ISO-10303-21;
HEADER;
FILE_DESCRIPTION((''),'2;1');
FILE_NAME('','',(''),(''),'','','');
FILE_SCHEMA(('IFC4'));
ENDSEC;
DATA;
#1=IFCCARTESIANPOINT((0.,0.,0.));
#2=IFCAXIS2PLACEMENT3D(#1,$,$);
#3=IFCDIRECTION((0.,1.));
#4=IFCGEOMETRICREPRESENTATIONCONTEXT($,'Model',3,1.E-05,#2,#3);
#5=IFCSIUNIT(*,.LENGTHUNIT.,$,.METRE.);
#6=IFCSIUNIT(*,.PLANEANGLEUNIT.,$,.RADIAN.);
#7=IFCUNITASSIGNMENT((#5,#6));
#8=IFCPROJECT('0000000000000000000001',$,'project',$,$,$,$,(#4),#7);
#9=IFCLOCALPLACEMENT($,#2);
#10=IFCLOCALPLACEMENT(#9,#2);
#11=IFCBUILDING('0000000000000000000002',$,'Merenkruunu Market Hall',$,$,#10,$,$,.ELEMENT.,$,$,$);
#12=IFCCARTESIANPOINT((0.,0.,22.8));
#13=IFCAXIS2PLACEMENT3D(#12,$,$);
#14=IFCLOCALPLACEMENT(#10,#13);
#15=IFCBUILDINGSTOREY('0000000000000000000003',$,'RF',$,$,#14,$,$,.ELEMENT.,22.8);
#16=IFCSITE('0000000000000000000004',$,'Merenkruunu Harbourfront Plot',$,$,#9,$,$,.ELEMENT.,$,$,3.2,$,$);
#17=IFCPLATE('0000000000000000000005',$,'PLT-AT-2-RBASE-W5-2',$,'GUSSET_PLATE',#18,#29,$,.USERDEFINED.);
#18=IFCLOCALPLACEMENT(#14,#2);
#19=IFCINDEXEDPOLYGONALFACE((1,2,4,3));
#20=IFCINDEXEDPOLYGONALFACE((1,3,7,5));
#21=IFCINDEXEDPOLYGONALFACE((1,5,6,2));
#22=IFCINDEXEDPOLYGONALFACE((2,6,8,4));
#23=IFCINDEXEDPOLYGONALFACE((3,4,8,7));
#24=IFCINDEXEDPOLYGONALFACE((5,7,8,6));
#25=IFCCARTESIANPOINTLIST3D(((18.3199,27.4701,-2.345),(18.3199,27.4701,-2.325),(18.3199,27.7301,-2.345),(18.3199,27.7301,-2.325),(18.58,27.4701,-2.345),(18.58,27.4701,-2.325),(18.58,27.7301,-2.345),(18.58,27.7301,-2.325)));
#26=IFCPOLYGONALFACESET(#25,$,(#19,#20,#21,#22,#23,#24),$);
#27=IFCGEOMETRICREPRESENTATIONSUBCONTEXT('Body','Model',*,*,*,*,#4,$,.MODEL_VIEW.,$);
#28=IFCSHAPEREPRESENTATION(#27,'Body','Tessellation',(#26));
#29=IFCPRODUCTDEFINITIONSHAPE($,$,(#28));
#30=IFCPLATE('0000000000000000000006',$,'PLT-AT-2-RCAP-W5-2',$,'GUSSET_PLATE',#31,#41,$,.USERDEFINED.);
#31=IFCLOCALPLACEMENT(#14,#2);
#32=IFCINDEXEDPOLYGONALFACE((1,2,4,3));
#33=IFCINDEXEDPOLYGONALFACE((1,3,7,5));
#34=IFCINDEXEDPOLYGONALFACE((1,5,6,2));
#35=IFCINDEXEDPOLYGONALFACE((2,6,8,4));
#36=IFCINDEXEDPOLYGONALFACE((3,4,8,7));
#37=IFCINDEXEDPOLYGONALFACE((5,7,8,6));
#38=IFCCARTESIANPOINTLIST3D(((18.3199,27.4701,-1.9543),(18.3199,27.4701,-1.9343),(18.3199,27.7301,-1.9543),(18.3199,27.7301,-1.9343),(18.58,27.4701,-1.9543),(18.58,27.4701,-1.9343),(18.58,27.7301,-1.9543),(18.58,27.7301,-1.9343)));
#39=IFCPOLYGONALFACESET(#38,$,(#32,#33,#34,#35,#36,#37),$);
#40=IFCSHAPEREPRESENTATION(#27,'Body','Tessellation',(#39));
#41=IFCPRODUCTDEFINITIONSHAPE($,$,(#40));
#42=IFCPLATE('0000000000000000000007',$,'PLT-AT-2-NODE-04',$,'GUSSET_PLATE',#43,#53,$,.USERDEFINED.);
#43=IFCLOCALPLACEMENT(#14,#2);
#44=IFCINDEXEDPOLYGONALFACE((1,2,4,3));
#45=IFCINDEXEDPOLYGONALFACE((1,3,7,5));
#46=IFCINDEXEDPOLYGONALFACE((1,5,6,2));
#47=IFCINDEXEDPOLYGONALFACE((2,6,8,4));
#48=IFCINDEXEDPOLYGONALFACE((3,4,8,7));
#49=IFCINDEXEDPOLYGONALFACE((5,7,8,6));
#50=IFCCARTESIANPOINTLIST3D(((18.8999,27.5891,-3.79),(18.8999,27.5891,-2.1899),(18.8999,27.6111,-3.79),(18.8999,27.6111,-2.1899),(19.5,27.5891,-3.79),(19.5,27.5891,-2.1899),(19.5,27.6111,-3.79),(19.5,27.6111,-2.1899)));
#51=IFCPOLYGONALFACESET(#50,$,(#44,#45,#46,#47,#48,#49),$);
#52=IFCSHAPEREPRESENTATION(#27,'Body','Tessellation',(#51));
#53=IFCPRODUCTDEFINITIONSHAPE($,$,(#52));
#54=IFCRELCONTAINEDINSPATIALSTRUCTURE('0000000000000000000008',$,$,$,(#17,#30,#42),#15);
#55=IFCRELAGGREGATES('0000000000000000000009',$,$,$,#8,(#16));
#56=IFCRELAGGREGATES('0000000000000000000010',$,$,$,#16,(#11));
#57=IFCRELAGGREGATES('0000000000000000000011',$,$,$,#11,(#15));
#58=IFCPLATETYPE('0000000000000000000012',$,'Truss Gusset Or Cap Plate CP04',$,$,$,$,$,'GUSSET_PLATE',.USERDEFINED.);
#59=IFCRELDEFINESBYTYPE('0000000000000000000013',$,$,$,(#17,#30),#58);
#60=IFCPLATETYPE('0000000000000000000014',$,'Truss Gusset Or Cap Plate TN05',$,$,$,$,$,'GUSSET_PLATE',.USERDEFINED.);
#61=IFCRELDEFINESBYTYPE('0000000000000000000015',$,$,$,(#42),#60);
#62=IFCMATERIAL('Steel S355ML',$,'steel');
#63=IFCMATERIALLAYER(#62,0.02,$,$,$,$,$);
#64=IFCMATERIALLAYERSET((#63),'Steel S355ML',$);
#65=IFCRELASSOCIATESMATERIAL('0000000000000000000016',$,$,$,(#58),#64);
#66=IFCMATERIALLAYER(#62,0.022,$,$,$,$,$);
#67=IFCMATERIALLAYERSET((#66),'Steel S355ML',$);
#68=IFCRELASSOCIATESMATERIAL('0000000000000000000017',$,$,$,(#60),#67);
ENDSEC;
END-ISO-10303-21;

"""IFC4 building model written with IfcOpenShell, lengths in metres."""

from ifc_helpers import new_model, si_unit, direction, frame, origin, origin_2d, place, context, subcontext, project, spatial, rectangle, extrude, material, layer, layer_set, type_object, element, save


model = new_model("IFC4")

# Units and contexts
model_context = context("Model", 3, precision=1e-05, world=origin(), true_north=direction((0.0, 1.0)))
body_context = subcontext(model_context, "Body", "Model", "MODEL_VIEW")
ifc_project = project(units=[si_unit("LENGTHUNIT", "METRE"), si_unit("PLANEANGLEUNIT", "RADIAN")], contexts=[model_context])

# Site, building, storey
site_placement = place(None, origin())
site = spatial("IfcSite", under=ifc_project, at=site_placement, Name="Merenkruunu Harbourfront Plot", CompositionType="ELEMENT", RefElevation=3.2)
building_placement = place(site_placement, origin())
building = spatial("IfcBuilding", under=site, at=building_placement, Name="Merenkruunu Market Hall", CompositionType="ELEMENT")
storey_placement = place(building_placement, frame((0.0, 0.0, 22.8)))
storey = spatial("IfcBuildingStorey", under=building, at=storey_placement, Name="RF", CompositionType="ELEMENT", Elevation=22.8)

# Shared definitions
ifc_material_1 = material(Name="Steel S355ML", Category="steel")

# Plates
ifc_layer_1 = layer(ifc_material_1, 0.02)
ifc_layer_set_1 = layer_set([ifc_layer_1], Name="Steel S355ML")
plate_type_1 = type_object("IfcPlateType", Name="Truss Gusset Or Cap Plate CP04", ElementType="GUSSET_PLATE", PredefinedType="USERDEFINED", material=ifc_layer_set_1)
for number, where, z_axis, x_axis, name in (
    (1, (18.45, 27.6001, -2.345), (0.0, 0.0, 1.0), (1.0, 0.0, 0.0), "PLT-AT-2-RBASE-W5-2"),
    (2, (18.45, 27.6001, -1.9543), (0.0, 0.0, 1.0), (1.0, 0.0, 0.0), "PLT-AT-2-RCAP-W5-2"),
):
    element("IfcPlate", number, at=place(storey_placement, frame(where, z_axis=z_axis, x_axis=x_axis)), inside=storey, type_object=plate_type_1, Name=name, ObjectType="GUSSET_PLATE", PredefinedType="USERDEFINED", context=body_context, shape_type="SweptSolid", body=[
        extrude(rectangle(XDim=0.26, YDim=0.26, at=origin_2d()), origin(), (0.0, 0.0, 1.0), 0.02),
    ])
ifc_layer_2 = layer(ifc_material_1, 0.022)
ifc_layer_set_2 = layer_set([ifc_layer_2], Name="Steel S355ML")
plate_type_2 = type_object("IfcPlateType", Name="Truss Gusset Or Cap Plate TN05", ElementType="GUSSET_PLATE", PredefinedType="USERDEFINED", material=ifc_layer_set_2)
plate_placement = place(storey_placement, frame((19.2, 27.6001, -3.79), z_axis=(0.0, 0.0, 1.0), x_axis=(1.0, 0.0, 0.0)))
element("IfcPlate", 3, at=plate_placement, inside=storey, type_object=plate_type_2, Name="PLT-AT-2-NODE-04", ObjectType="GUSSET_PLATE", PredefinedType="USERDEFINED", context=body_context, shape_type="SweptSolid", body=[
    extrude(rectangle(XDim=0.6001, YDim=0.022, at=origin_2d()), origin(), (0.0, 0.0, 1.0), 1.6001),
])

save(model, "model.ifc")
